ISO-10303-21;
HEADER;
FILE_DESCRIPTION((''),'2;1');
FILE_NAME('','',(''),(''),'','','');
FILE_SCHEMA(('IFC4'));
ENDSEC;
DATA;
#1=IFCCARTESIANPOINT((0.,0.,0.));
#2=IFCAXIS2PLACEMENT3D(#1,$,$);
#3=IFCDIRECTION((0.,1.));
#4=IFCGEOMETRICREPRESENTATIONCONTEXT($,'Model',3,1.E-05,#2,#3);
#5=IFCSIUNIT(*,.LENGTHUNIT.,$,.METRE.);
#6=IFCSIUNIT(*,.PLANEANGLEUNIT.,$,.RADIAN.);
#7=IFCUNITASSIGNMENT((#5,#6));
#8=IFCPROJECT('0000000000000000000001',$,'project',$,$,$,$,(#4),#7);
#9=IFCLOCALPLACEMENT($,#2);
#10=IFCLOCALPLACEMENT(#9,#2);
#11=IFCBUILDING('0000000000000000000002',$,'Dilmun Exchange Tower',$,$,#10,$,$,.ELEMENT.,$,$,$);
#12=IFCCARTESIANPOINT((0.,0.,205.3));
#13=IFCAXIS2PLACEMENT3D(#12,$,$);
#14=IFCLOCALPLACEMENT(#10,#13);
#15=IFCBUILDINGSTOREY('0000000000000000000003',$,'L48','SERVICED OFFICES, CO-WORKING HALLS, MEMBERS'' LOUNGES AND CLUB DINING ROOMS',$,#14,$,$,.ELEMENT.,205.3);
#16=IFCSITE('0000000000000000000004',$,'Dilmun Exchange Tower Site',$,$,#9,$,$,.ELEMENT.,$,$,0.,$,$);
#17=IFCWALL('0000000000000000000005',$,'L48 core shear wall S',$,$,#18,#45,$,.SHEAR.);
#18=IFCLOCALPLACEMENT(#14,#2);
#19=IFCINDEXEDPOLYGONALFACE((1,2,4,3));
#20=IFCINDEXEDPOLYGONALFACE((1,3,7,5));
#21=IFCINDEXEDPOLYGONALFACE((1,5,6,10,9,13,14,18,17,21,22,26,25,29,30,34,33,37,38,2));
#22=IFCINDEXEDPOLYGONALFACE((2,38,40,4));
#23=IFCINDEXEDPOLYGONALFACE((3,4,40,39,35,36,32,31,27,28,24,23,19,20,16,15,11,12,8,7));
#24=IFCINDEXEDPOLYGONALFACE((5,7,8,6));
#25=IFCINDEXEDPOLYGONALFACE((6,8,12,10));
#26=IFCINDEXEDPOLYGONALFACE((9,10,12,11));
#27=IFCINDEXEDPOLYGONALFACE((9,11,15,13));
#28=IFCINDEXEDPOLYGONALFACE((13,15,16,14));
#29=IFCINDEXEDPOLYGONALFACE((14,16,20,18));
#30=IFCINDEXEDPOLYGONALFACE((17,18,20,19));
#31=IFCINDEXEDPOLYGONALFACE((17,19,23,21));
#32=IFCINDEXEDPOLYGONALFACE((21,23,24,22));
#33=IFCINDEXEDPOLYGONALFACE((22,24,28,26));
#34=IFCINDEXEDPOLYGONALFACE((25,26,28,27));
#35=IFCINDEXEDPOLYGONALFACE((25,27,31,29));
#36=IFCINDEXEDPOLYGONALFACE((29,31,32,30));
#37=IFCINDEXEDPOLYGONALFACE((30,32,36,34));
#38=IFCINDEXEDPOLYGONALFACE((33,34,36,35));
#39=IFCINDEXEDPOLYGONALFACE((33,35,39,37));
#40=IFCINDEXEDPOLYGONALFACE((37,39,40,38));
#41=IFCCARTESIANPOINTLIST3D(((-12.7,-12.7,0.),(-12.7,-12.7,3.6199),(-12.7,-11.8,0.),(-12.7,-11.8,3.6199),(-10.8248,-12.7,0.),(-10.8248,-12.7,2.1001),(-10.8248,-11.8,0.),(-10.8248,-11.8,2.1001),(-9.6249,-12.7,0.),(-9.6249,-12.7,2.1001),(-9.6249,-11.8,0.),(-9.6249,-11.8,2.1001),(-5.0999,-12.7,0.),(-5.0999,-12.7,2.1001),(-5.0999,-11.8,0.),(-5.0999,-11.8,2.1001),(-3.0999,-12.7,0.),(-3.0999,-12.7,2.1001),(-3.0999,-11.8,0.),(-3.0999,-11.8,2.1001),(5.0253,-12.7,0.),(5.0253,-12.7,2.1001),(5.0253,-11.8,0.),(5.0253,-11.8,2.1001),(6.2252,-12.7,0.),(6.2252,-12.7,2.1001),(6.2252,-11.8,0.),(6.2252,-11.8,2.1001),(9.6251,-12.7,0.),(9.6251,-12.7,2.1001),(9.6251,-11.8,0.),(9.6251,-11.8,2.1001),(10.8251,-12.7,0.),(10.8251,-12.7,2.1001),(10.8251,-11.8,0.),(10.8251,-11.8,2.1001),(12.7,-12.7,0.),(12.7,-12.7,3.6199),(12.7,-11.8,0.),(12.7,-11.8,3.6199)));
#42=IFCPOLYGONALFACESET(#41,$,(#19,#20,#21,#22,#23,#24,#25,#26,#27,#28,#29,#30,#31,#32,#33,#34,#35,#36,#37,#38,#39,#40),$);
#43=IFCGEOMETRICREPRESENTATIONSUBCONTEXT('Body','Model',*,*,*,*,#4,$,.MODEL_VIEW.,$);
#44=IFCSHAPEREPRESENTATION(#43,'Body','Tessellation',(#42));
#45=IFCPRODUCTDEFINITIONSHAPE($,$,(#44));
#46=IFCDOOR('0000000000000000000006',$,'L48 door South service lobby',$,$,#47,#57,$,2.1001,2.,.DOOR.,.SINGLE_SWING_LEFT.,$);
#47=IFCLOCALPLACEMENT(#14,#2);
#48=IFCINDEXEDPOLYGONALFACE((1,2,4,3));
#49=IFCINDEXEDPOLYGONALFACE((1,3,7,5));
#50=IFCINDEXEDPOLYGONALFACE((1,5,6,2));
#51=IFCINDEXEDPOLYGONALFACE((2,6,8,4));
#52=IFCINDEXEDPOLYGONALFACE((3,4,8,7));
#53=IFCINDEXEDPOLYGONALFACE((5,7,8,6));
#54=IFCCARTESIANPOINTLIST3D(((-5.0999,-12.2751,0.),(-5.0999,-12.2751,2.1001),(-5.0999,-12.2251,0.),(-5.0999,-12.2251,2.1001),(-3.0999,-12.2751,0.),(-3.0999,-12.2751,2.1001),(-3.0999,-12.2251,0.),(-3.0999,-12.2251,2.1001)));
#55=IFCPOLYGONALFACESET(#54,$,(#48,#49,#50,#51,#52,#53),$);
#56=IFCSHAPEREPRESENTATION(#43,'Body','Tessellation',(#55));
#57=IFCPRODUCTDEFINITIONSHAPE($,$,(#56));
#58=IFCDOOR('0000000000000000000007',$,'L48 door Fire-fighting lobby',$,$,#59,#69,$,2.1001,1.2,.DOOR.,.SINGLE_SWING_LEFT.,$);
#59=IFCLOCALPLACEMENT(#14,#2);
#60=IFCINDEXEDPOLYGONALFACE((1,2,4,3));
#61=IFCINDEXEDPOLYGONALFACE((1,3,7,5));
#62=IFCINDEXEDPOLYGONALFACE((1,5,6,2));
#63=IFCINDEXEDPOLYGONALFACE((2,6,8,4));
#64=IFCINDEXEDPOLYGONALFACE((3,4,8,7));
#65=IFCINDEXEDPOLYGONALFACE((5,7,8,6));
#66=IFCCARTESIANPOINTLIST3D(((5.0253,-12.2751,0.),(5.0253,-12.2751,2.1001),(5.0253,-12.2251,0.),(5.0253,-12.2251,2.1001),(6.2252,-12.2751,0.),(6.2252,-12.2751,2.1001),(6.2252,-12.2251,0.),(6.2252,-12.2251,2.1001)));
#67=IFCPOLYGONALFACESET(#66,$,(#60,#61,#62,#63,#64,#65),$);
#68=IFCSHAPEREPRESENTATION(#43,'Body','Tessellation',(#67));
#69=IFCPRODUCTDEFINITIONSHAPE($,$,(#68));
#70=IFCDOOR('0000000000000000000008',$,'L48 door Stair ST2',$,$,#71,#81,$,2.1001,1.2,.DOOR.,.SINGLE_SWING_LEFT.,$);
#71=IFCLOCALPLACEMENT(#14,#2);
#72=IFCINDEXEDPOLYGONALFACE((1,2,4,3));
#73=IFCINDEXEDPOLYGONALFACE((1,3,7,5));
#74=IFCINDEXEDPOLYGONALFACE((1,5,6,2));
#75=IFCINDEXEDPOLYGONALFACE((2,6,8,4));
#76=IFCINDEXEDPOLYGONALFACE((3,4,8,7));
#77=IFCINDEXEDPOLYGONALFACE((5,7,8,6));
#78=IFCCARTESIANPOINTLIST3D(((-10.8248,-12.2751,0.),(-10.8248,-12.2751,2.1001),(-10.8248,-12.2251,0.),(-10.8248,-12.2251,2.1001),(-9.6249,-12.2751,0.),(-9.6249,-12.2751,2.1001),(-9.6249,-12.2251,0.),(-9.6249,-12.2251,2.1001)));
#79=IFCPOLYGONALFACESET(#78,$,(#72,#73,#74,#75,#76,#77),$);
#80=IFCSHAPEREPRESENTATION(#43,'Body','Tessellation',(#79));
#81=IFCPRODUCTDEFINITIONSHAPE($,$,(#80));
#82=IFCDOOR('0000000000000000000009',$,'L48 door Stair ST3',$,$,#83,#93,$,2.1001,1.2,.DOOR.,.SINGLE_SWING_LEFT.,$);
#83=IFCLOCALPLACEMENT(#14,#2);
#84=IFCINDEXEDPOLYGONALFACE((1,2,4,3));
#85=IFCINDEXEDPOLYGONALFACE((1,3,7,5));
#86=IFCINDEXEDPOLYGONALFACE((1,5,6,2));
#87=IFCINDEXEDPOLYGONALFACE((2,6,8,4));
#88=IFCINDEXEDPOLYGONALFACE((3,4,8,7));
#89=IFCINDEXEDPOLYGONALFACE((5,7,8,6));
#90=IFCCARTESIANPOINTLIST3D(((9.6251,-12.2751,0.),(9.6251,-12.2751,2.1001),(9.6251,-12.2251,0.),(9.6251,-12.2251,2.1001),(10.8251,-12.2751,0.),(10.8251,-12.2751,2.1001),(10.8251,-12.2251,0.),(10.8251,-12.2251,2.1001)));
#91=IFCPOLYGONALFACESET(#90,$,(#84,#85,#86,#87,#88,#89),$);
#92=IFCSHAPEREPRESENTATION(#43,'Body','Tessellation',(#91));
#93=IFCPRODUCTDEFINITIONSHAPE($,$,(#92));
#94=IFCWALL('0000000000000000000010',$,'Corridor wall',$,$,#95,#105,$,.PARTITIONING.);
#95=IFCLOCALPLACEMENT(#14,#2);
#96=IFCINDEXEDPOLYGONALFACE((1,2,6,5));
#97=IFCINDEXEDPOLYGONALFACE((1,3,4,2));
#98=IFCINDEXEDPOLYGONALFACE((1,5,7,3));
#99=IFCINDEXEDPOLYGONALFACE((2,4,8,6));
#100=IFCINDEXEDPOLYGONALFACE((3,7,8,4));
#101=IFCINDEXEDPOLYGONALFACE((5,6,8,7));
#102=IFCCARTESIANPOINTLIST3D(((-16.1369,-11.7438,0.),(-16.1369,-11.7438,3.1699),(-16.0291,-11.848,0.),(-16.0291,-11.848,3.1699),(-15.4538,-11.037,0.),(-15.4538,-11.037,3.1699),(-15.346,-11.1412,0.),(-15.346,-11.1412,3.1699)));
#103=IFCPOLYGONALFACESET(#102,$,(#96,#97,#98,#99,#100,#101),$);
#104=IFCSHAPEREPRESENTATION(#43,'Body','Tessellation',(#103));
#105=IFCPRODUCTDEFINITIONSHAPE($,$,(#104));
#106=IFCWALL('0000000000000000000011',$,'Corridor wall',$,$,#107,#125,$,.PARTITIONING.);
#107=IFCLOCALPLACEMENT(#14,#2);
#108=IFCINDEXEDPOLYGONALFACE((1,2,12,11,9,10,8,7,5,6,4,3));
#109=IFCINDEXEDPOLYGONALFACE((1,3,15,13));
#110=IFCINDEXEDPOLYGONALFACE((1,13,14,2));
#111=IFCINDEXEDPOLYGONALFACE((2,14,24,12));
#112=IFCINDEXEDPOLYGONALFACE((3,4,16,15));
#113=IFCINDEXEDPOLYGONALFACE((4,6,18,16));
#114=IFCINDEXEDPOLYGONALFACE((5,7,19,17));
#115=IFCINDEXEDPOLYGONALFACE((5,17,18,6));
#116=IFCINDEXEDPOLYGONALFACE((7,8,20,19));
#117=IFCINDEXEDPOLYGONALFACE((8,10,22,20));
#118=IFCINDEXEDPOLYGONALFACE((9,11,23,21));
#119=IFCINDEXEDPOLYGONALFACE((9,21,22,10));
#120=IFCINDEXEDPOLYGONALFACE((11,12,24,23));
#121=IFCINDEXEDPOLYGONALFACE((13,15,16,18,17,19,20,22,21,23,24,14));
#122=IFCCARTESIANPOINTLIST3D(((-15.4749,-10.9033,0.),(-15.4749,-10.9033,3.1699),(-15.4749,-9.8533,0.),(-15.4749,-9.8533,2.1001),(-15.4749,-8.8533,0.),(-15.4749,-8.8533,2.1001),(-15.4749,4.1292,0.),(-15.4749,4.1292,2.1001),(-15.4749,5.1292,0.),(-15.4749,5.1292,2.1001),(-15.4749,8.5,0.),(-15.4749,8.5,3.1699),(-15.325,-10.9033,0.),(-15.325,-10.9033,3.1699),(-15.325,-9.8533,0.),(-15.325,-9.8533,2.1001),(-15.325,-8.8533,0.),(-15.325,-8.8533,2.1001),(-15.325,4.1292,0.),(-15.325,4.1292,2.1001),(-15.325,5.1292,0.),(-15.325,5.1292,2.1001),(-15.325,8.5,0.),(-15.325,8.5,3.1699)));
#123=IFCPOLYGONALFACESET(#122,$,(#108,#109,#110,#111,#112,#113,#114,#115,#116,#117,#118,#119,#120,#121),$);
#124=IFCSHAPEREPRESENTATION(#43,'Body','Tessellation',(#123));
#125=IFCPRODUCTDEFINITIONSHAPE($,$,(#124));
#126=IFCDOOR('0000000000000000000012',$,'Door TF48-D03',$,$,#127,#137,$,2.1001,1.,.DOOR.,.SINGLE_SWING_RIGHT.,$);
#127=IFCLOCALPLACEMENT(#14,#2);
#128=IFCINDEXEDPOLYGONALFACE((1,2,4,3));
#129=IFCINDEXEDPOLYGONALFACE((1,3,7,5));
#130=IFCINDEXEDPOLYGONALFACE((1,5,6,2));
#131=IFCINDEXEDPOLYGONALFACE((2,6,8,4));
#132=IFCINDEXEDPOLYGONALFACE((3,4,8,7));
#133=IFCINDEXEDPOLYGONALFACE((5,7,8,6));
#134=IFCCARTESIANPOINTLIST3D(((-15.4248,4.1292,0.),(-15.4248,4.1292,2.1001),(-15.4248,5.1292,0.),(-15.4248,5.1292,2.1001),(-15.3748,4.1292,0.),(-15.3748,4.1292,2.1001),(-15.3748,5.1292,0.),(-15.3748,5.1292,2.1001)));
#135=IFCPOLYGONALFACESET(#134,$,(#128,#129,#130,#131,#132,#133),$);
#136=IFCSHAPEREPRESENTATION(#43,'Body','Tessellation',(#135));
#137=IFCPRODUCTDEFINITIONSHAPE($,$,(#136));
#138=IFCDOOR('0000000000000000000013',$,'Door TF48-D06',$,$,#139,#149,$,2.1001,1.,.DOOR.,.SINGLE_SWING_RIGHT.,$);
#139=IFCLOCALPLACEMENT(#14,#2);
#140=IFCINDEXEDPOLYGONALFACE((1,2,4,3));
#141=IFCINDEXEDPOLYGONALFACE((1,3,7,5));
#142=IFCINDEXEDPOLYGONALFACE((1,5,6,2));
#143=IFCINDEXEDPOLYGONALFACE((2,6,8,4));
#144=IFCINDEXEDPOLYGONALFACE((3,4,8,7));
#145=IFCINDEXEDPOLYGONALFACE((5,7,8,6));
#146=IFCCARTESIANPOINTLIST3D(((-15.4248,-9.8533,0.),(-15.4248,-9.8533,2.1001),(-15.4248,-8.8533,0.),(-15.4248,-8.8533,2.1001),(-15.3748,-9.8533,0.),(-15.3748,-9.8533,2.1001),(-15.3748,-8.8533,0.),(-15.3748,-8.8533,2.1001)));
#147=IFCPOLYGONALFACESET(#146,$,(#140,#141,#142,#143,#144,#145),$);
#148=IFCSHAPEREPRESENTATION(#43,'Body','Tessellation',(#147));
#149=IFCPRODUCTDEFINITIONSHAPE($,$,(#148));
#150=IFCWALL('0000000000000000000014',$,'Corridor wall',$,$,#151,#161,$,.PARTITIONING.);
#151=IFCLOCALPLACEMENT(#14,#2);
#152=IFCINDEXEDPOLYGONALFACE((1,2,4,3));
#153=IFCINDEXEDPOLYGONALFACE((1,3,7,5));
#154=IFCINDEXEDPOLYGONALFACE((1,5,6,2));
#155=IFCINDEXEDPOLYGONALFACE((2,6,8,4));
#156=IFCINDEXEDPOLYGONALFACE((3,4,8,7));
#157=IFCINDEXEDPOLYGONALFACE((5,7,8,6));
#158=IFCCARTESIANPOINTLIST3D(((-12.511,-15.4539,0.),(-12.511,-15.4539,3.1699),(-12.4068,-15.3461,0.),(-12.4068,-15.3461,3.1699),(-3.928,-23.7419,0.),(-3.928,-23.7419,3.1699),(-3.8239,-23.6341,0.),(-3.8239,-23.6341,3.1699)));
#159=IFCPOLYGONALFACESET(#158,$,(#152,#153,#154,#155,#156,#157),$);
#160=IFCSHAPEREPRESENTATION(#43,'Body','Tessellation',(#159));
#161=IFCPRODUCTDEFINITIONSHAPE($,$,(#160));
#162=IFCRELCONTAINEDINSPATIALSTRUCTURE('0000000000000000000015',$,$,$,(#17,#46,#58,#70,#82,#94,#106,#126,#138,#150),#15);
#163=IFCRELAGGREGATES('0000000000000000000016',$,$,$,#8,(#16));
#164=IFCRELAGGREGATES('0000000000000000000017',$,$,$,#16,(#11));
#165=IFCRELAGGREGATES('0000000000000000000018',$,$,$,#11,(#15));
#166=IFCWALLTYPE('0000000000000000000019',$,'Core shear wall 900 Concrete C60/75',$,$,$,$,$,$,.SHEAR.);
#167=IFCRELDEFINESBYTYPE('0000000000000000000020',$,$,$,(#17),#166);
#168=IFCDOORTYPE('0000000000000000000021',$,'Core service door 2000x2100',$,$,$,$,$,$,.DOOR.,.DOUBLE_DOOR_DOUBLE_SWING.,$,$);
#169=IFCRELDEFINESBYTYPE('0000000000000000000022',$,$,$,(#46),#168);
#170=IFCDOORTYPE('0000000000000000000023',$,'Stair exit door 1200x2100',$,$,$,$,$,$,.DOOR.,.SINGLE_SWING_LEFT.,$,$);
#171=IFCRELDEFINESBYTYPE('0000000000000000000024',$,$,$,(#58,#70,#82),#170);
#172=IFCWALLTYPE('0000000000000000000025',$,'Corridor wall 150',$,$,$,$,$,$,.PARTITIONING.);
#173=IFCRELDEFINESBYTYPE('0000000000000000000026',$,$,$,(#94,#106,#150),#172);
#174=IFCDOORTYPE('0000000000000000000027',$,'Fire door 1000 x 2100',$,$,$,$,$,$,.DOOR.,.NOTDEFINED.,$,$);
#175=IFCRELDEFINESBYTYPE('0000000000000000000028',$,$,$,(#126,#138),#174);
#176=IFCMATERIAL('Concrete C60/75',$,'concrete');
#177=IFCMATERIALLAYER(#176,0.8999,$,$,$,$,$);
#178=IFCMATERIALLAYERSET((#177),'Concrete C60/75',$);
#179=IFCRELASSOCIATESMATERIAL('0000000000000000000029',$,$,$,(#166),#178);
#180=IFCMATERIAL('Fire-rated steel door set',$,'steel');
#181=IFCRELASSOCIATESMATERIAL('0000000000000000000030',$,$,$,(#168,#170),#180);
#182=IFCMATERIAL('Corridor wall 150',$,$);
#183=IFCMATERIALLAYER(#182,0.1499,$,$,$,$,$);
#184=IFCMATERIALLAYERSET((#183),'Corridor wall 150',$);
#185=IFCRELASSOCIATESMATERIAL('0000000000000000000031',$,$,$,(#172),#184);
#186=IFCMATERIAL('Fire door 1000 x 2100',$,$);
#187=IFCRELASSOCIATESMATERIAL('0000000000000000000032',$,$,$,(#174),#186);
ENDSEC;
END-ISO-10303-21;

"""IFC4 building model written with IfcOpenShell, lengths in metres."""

from ifc_helpers import new_model, si_unit, direction, frame, frame_2d, origin, place, context, subcontext, project, spatial, rectangle, extrude, material, layer, layer_set, type_object, element, fill, save


model = new_model("IFC4")

# Units and contexts
model_context = context("Model", 3, precision=1e-05, world=origin(), true_north=direction((0.0, 1.0)))
body_context = subcontext(model_context, "Body", "Model", "MODEL_VIEW")
ifc_project = project(units=[si_unit("LENGTHUNIT", "METRE"), si_unit("PLANEANGLEUNIT", "RADIAN")], contexts=[model_context])

# Site, building, storey
site_placement = place(None, origin())
site = spatial("IfcSite", under=ifc_project, at=site_placement, Name="Dilmun Exchange Tower Site", CompositionType="ELEMENT", RefElevation=0.0)
building_placement = place(site_placement, origin())
building = spatial("IfcBuilding", under=site, at=building_placement, Name="Dilmun Exchange Tower", CompositionType="ELEMENT")
storey_placement = place(building_placement, frame((0.0, 0.0, 205.3)))
storey = spatial("IfcBuildingStorey", under=building, at=storey_placement, Name="L48", Description="SERVICED OFFICES, CO-WORKING HALLS, MEMBERS' LOUNGES AND CLUB DINING ROOMS", CompositionType="ELEMENT", Elevation=205.3)

# Shared definitions
ifc_material_1 = material(Name="Concrete C60/75", Category="concrete")

# Wall, openings, doors
ifc_layer_1 = layer(ifc_material_1, 0.8999)
ifc_layer_set_1 = layer_set([ifc_layer_1], Name="Concrete C60/75")
wall_type_1 = type_object("IfcWallType", Name="Core shear wall 900 Concrete C60/75", PredefinedType="SHEAR", material=ifc_layer_set_1)
wall_1_placement = place(storey_placement, frame((-12.7, -12.25, 0.0), z_axis=(0.0, 0.0, 1.0), x_axis=(1.0, 0.0, 0.0)))
wall_1 = element("IfcWall", 1, at=wall_1_placement, inside=storey, type_object=wall_type_1, Name="L48 core shear wall S", PredefinedType="SHEAR", context=body_context, shape_type="SweptSolid", body=[
    extrude(rectangle(XDim=25.3999, YDim=0.8999, at=frame_2d((12.7, 0.0))), origin(), (0.0, 0.0, 1.0), 3.6199),
])
opening_1_placement = place(wall_1_placement, frame((7.6001, 0.0, 0.0)))
opening_1 = element("IfcOpeningElement", 2, at=opening_1_placement, cuts=wall_1, PredefinedType="OPENING", context=body_context, shape_type="SweptSolid", body=[
    extrude(rectangle(XDim=2.0, YDim=2.1001, at=frame_2d((1.0, 1.05))), frame((0.0, 0.46, 0.0), z_axis=(0.0, -1.0, 0.0), x_axis=(1.0, 0.0, 0.0)), (0.0, 0.0, 1.0), 0.9199),
])
opening_2_placement = place(wall_1_placement, frame((17.7251, 0.0, 0.0)))
opening_2 = element("IfcOpeningElement", 3, at=opening_2_placement, cuts=wall_1, PredefinedType="OPENING", context=body_context, shape_type="SweptSolid", body=[
    extrude(rectangle(XDim=1.2, YDim=2.1001, at=frame_2d((0.6001, 1.05))), frame((0.0, 0.46, 0.0), z_axis=(0.0, -1.0, 0.0), x_axis=(1.0, 0.0, 0.0)), (0.0, 0.0, 1.0), 0.9199),
])
opening_3_placement = place(wall_1_placement, frame((1.875, 0.0, 0.0)))
opening_3 = element("IfcOpeningElement", 4, at=opening_3_placement, cuts=wall_1, PredefinedType="OPENING", context=body_context, shape_type="SweptSolid", body=[
    extrude(rectangle(XDim=1.2, YDim=2.1001, at=frame_2d((0.6001, 1.05))), frame((0.0, 0.46, 0.0), z_axis=(0.0, -1.0, 0.0), x_axis=(1.0, 0.0, 0.0)), (0.0, 0.0, 1.0), 0.9199),
])
opening_4_placement = place(wall_1_placement, frame((22.325, 0.0, 0.0)))
opening_4 = element("IfcOpeningElement", 5, at=opening_4_placement, cuts=wall_1, PredefinedType="OPENING", context=body_context, shape_type="SweptSolid", body=[
    extrude(rectangle(XDim=1.2, YDim=2.1001, at=frame_2d((0.6001, 1.05))), frame((0.0, 0.46, 0.0), z_axis=(0.0, -1.0, 0.0), x_axis=(1.0, 0.0, 0.0)), (0.0, 0.0, 1.0), 0.9199),
])
ifc_material_2 = material(Name="Fire-rated steel door set", Category="steel")
door_type_1 = type_object("IfcDoorType", Name="Core service door 2000x2100", OperationType="DOUBLE_DOOR_DOUBLE_SWING", PredefinedType="DOOR", material=ifc_material_2)
door_1_placement = place(opening_1_placement, origin())
door_1 = element("IfcDoor", 6, at=door_1_placement, inside=storey, type_object=door_type_1, Name="L48 door South service lobby", OperationType="SINGLE_SWING_LEFT", OverallHeight=2.1001, OverallWidth=2.0, PredefinedType="DOOR", context=body_context, shape_type="SweptSolid", body=[
    extrude(rectangle(XDim=2.0, YDim=2.1001, at=frame_2d((1.0, 1.05))), frame((0.0, 0.0249, 0.0), z_axis=(0.0, -1.0, 0.0), x_axis=(1.0, 0.0, 0.0)), (0.0, 0.0, 1.0), 0.05),
])
fill(opening_1, door_1)
door_type_2 = type_object("IfcDoorType", Name="Stair exit door 1200x2100", OperationType="SINGLE_SWING_LEFT", PredefinedType="DOOR", material=ifc_material_2)
door_2_placement = place(opening_2_placement, origin())
door_2 = element("IfcDoor", 7, at=door_2_placement, inside=storey, type_object=door_type_2, Name="L48 door Fire-fighting lobby", OperationType="SINGLE_SWING_LEFT", OverallHeight=2.1001, OverallWidth=1.2, PredefinedType="DOOR", context=body_context, shape_type="SweptSolid", body=[
    extrude(rectangle(XDim=1.2, YDim=2.1001, at=frame_2d((0.6001, 1.05))), frame((0.0, 0.0249, 0.0), z_axis=(0.0, -1.0, 0.0), x_axis=(1.0, 0.0, 0.0)), (0.0, 0.0, 1.0), 0.05),
])
fill(opening_2, door_2)
door_3_placement = place(opening_3_placement, origin())
door_3 = element("IfcDoor", 8, at=door_3_placement, inside=storey, type_object=door_type_2, Name="L48 door Stair ST2", OperationType="SINGLE_SWING_LEFT", OverallHeight=2.1001, OverallWidth=1.2, PredefinedType="DOOR", context=body_context, shape_type="SweptSolid", body=[
    extrude(rectangle(XDim=1.2, YDim=2.1001, at=frame_2d((0.6001, 1.05))), frame((0.0, 0.0249, 0.0), z_axis=(0.0, -1.0, 0.0), x_axis=(1.0, 0.0, 0.0)), (0.0, 0.0, 1.0), 0.05),
])
fill(opening_3, door_3)
door_4_placement = place(opening_4_placement, origin())
door_4 = element("IfcDoor", 9, at=door_4_placement, inside=storey, type_object=door_type_2, Name="L48 door Stair ST3", OperationType="SINGLE_SWING_LEFT", OverallHeight=2.1001, OverallWidth=1.2, PredefinedType="DOOR", context=body_context, shape_type="SweptSolid", body=[
    extrude(rectangle(XDim=1.2, YDim=2.1001, at=frame_2d((0.6001, 1.05))), frame((0.0, 0.0249, 0.0), z_axis=(0.0, -1.0, 0.0), x_axis=(1.0, 0.0, 0.0)), (0.0, 0.0, 1.0), 0.05),
])
fill(opening_4, door_4)

# Wall
ifc_material_3 = material(Name="Corridor wall 150")
ifc_layer_2 = layer(ifc_material_3, 0.1499)
ifc_layer_set_2 = layer_set([ifc_layer_2], Name="Corridor wall 150")
wall_type_2 = type_object("IfcWallType", Name="Corridor wall 150", PredefinedType="PARTITIONING", material=ifc_layer_set_2)
wall_2_placement = place(storey_placement, frame((-16.083, -11.7959, 0.0), z_axis=(0.0, 0.0, 1.0), x_axis=(0.694958, 0.71905, 0.0)))
element("IfcWall", 10, at=wall_2_placement, inside=storey, type_object=wall_type_2, Name="Corridor wall", PredefinedType="PARTITIONING", context=body_context, shape_type="SweptSolid", body=[
    extrude(rectangle(XDim=0.9829, YDim=0.1499, at=frame_2d((0.4915, 0.0))), origin(), (0.0, 0.0, 1.0), 3.1699),
])

# Wall, openings, doors
wall_3_placement = place(storey_placement, frame((-15.3999, -10.9033, 0.0), z_axis=(0.0, 0.0, 1.0), x_axis=(0.0, 1.0, 0.0)))
wall_3 = element("IfcWall", 11, at=wall_3_placement, inside=storey, type_object=wall_type_2, Name="Corridor wall", PredefinedType="PARTITIONING", context=body_context, shape_type="SweptSolid", body=[
    extrude(rectangle(XDim=19.4033, YDim=0.1499, at=frame_2d((9.7017, 0.0))), origin(), (0.0, 0.0, 1.0), 3.1699),
])
opening_5_placement = place(wall_3_placement, frame((15.0325, 0.0, 0.0)))
opening_5 = element("IfcOpeningElement", 12, at=opening_5_placement, cuts=wall_3, PredefinedType="OPENING", context=body_context, shape_type="SweptSolid", body=[
    extrude(rectangle(XDim=1.0, YDim=2.1001, at=frame_2d((0.5, 1.05))), frame((0.0, 0.085, 0.0), z_axis=(0.0, -1.0, 0.0), x_axis=(1.0, 0.0, 0.0)), (0.0, 0.0, 1.0), 0.1699),
])
opening_6_placement = place(wall_3_placement, frame((1.05, 0.0, 0.0)))
opening_6 = element("IfcOpeningElement", 13, at=opening_6_placement, cuts=wall_3, PredefinedType="OPENING", context=body_context, shape_type="SweptSolid", body=[
    extrude(rectangle(XDim=1.0, YDim=2.1001, at=frame_2d((0.5, 1.05))), frame((0.0, 0.085, 0.0), z_axis=(0.0, -1.0, 0.0), x_axis=(1.0, 0.0, 0.0)), (0.0, 0.0, 1.0), 0.1699),
])
ifc_material_4 = material(Name="Fire door 1000 x 2100")
door_type_3 = type_object("IfcDoorType", Name="Fire door 1000 x 2100", OperationType="NOTDEFINED", PredefinedType="DOOR", material=ifc_material_4)
door_5_placement = place(opening_5_placement, origin())
door_5 = element("IfcDoor", 14, at=door_5_placement, inside=storey, type_object=door_type_3, Name="Door TF48-D03", OperationType="SINGLE_SWING_RIGHT", OverallHeight=2.1001, OverallWidth=1.0, PredefinedType="DOOR", context=body_context, shape_type="SweptSolid", body=[
    extrude(rectangle(XDim=1.0, YDim=2.1001, at=frame_2d((0.5, 1.05))), frame((0.0, 0.0249, 0.0), z_axis=(0.0, -1.0, 0.0), x_axis=(1.0, 0.0, 0.0)), (0.0, 0.0, 1.0), 0.05),
])
fill(opening_5, door_5)
door_6_placement = place(opening_6_placement, origin())
door_6 = element("IfcDoor", 15, at=door_6_placement, inside=storey, type_object=door_type_3, Name="Door TF48-D06", OperationType="SINGLE_SWING_RIGHT", OverallHeight=2.1001, OverallWidth=1.0, PredefinedType="DOOR", context=body_context, shape_type="SweptSolid", body=[
    extrude(rectangle(XDim=1.0, YDim=2.1001, at=frame_2d((0.5, 1.05))), frame((0.0, 0.0249, 0.0), z_axis=(0.0, -1.0, 0.0), x_axis=(1.0, 0.0, 0.0)), (0.0, 0.0, 1.0), 0.05),
])
fill(opening_6, door_6)

# Wall
wall_4_placement = place(storey_placement, frame((-12.459, -15.3999, 0.0), z_axis=(0.0, 0.0, 1.0), x_axis=(0.719358, -0.69464, 0.0)))
element("IfcWall", 16, at=wall_4_placement, inside=storey, type_object=wall_type_2, Name="Corridor wall", PredefinedType="PARTITIONING", context=body_context, shape_type="SweptSolid", body=[
    extrude(rectangle(XDim=11.9314, YDim=0.1499, at=frame_2d((5.9658, 0.0))), origin(), (0.0, 0.0, 1.0), 3.1699),
])

save(model, "model.ifc")
